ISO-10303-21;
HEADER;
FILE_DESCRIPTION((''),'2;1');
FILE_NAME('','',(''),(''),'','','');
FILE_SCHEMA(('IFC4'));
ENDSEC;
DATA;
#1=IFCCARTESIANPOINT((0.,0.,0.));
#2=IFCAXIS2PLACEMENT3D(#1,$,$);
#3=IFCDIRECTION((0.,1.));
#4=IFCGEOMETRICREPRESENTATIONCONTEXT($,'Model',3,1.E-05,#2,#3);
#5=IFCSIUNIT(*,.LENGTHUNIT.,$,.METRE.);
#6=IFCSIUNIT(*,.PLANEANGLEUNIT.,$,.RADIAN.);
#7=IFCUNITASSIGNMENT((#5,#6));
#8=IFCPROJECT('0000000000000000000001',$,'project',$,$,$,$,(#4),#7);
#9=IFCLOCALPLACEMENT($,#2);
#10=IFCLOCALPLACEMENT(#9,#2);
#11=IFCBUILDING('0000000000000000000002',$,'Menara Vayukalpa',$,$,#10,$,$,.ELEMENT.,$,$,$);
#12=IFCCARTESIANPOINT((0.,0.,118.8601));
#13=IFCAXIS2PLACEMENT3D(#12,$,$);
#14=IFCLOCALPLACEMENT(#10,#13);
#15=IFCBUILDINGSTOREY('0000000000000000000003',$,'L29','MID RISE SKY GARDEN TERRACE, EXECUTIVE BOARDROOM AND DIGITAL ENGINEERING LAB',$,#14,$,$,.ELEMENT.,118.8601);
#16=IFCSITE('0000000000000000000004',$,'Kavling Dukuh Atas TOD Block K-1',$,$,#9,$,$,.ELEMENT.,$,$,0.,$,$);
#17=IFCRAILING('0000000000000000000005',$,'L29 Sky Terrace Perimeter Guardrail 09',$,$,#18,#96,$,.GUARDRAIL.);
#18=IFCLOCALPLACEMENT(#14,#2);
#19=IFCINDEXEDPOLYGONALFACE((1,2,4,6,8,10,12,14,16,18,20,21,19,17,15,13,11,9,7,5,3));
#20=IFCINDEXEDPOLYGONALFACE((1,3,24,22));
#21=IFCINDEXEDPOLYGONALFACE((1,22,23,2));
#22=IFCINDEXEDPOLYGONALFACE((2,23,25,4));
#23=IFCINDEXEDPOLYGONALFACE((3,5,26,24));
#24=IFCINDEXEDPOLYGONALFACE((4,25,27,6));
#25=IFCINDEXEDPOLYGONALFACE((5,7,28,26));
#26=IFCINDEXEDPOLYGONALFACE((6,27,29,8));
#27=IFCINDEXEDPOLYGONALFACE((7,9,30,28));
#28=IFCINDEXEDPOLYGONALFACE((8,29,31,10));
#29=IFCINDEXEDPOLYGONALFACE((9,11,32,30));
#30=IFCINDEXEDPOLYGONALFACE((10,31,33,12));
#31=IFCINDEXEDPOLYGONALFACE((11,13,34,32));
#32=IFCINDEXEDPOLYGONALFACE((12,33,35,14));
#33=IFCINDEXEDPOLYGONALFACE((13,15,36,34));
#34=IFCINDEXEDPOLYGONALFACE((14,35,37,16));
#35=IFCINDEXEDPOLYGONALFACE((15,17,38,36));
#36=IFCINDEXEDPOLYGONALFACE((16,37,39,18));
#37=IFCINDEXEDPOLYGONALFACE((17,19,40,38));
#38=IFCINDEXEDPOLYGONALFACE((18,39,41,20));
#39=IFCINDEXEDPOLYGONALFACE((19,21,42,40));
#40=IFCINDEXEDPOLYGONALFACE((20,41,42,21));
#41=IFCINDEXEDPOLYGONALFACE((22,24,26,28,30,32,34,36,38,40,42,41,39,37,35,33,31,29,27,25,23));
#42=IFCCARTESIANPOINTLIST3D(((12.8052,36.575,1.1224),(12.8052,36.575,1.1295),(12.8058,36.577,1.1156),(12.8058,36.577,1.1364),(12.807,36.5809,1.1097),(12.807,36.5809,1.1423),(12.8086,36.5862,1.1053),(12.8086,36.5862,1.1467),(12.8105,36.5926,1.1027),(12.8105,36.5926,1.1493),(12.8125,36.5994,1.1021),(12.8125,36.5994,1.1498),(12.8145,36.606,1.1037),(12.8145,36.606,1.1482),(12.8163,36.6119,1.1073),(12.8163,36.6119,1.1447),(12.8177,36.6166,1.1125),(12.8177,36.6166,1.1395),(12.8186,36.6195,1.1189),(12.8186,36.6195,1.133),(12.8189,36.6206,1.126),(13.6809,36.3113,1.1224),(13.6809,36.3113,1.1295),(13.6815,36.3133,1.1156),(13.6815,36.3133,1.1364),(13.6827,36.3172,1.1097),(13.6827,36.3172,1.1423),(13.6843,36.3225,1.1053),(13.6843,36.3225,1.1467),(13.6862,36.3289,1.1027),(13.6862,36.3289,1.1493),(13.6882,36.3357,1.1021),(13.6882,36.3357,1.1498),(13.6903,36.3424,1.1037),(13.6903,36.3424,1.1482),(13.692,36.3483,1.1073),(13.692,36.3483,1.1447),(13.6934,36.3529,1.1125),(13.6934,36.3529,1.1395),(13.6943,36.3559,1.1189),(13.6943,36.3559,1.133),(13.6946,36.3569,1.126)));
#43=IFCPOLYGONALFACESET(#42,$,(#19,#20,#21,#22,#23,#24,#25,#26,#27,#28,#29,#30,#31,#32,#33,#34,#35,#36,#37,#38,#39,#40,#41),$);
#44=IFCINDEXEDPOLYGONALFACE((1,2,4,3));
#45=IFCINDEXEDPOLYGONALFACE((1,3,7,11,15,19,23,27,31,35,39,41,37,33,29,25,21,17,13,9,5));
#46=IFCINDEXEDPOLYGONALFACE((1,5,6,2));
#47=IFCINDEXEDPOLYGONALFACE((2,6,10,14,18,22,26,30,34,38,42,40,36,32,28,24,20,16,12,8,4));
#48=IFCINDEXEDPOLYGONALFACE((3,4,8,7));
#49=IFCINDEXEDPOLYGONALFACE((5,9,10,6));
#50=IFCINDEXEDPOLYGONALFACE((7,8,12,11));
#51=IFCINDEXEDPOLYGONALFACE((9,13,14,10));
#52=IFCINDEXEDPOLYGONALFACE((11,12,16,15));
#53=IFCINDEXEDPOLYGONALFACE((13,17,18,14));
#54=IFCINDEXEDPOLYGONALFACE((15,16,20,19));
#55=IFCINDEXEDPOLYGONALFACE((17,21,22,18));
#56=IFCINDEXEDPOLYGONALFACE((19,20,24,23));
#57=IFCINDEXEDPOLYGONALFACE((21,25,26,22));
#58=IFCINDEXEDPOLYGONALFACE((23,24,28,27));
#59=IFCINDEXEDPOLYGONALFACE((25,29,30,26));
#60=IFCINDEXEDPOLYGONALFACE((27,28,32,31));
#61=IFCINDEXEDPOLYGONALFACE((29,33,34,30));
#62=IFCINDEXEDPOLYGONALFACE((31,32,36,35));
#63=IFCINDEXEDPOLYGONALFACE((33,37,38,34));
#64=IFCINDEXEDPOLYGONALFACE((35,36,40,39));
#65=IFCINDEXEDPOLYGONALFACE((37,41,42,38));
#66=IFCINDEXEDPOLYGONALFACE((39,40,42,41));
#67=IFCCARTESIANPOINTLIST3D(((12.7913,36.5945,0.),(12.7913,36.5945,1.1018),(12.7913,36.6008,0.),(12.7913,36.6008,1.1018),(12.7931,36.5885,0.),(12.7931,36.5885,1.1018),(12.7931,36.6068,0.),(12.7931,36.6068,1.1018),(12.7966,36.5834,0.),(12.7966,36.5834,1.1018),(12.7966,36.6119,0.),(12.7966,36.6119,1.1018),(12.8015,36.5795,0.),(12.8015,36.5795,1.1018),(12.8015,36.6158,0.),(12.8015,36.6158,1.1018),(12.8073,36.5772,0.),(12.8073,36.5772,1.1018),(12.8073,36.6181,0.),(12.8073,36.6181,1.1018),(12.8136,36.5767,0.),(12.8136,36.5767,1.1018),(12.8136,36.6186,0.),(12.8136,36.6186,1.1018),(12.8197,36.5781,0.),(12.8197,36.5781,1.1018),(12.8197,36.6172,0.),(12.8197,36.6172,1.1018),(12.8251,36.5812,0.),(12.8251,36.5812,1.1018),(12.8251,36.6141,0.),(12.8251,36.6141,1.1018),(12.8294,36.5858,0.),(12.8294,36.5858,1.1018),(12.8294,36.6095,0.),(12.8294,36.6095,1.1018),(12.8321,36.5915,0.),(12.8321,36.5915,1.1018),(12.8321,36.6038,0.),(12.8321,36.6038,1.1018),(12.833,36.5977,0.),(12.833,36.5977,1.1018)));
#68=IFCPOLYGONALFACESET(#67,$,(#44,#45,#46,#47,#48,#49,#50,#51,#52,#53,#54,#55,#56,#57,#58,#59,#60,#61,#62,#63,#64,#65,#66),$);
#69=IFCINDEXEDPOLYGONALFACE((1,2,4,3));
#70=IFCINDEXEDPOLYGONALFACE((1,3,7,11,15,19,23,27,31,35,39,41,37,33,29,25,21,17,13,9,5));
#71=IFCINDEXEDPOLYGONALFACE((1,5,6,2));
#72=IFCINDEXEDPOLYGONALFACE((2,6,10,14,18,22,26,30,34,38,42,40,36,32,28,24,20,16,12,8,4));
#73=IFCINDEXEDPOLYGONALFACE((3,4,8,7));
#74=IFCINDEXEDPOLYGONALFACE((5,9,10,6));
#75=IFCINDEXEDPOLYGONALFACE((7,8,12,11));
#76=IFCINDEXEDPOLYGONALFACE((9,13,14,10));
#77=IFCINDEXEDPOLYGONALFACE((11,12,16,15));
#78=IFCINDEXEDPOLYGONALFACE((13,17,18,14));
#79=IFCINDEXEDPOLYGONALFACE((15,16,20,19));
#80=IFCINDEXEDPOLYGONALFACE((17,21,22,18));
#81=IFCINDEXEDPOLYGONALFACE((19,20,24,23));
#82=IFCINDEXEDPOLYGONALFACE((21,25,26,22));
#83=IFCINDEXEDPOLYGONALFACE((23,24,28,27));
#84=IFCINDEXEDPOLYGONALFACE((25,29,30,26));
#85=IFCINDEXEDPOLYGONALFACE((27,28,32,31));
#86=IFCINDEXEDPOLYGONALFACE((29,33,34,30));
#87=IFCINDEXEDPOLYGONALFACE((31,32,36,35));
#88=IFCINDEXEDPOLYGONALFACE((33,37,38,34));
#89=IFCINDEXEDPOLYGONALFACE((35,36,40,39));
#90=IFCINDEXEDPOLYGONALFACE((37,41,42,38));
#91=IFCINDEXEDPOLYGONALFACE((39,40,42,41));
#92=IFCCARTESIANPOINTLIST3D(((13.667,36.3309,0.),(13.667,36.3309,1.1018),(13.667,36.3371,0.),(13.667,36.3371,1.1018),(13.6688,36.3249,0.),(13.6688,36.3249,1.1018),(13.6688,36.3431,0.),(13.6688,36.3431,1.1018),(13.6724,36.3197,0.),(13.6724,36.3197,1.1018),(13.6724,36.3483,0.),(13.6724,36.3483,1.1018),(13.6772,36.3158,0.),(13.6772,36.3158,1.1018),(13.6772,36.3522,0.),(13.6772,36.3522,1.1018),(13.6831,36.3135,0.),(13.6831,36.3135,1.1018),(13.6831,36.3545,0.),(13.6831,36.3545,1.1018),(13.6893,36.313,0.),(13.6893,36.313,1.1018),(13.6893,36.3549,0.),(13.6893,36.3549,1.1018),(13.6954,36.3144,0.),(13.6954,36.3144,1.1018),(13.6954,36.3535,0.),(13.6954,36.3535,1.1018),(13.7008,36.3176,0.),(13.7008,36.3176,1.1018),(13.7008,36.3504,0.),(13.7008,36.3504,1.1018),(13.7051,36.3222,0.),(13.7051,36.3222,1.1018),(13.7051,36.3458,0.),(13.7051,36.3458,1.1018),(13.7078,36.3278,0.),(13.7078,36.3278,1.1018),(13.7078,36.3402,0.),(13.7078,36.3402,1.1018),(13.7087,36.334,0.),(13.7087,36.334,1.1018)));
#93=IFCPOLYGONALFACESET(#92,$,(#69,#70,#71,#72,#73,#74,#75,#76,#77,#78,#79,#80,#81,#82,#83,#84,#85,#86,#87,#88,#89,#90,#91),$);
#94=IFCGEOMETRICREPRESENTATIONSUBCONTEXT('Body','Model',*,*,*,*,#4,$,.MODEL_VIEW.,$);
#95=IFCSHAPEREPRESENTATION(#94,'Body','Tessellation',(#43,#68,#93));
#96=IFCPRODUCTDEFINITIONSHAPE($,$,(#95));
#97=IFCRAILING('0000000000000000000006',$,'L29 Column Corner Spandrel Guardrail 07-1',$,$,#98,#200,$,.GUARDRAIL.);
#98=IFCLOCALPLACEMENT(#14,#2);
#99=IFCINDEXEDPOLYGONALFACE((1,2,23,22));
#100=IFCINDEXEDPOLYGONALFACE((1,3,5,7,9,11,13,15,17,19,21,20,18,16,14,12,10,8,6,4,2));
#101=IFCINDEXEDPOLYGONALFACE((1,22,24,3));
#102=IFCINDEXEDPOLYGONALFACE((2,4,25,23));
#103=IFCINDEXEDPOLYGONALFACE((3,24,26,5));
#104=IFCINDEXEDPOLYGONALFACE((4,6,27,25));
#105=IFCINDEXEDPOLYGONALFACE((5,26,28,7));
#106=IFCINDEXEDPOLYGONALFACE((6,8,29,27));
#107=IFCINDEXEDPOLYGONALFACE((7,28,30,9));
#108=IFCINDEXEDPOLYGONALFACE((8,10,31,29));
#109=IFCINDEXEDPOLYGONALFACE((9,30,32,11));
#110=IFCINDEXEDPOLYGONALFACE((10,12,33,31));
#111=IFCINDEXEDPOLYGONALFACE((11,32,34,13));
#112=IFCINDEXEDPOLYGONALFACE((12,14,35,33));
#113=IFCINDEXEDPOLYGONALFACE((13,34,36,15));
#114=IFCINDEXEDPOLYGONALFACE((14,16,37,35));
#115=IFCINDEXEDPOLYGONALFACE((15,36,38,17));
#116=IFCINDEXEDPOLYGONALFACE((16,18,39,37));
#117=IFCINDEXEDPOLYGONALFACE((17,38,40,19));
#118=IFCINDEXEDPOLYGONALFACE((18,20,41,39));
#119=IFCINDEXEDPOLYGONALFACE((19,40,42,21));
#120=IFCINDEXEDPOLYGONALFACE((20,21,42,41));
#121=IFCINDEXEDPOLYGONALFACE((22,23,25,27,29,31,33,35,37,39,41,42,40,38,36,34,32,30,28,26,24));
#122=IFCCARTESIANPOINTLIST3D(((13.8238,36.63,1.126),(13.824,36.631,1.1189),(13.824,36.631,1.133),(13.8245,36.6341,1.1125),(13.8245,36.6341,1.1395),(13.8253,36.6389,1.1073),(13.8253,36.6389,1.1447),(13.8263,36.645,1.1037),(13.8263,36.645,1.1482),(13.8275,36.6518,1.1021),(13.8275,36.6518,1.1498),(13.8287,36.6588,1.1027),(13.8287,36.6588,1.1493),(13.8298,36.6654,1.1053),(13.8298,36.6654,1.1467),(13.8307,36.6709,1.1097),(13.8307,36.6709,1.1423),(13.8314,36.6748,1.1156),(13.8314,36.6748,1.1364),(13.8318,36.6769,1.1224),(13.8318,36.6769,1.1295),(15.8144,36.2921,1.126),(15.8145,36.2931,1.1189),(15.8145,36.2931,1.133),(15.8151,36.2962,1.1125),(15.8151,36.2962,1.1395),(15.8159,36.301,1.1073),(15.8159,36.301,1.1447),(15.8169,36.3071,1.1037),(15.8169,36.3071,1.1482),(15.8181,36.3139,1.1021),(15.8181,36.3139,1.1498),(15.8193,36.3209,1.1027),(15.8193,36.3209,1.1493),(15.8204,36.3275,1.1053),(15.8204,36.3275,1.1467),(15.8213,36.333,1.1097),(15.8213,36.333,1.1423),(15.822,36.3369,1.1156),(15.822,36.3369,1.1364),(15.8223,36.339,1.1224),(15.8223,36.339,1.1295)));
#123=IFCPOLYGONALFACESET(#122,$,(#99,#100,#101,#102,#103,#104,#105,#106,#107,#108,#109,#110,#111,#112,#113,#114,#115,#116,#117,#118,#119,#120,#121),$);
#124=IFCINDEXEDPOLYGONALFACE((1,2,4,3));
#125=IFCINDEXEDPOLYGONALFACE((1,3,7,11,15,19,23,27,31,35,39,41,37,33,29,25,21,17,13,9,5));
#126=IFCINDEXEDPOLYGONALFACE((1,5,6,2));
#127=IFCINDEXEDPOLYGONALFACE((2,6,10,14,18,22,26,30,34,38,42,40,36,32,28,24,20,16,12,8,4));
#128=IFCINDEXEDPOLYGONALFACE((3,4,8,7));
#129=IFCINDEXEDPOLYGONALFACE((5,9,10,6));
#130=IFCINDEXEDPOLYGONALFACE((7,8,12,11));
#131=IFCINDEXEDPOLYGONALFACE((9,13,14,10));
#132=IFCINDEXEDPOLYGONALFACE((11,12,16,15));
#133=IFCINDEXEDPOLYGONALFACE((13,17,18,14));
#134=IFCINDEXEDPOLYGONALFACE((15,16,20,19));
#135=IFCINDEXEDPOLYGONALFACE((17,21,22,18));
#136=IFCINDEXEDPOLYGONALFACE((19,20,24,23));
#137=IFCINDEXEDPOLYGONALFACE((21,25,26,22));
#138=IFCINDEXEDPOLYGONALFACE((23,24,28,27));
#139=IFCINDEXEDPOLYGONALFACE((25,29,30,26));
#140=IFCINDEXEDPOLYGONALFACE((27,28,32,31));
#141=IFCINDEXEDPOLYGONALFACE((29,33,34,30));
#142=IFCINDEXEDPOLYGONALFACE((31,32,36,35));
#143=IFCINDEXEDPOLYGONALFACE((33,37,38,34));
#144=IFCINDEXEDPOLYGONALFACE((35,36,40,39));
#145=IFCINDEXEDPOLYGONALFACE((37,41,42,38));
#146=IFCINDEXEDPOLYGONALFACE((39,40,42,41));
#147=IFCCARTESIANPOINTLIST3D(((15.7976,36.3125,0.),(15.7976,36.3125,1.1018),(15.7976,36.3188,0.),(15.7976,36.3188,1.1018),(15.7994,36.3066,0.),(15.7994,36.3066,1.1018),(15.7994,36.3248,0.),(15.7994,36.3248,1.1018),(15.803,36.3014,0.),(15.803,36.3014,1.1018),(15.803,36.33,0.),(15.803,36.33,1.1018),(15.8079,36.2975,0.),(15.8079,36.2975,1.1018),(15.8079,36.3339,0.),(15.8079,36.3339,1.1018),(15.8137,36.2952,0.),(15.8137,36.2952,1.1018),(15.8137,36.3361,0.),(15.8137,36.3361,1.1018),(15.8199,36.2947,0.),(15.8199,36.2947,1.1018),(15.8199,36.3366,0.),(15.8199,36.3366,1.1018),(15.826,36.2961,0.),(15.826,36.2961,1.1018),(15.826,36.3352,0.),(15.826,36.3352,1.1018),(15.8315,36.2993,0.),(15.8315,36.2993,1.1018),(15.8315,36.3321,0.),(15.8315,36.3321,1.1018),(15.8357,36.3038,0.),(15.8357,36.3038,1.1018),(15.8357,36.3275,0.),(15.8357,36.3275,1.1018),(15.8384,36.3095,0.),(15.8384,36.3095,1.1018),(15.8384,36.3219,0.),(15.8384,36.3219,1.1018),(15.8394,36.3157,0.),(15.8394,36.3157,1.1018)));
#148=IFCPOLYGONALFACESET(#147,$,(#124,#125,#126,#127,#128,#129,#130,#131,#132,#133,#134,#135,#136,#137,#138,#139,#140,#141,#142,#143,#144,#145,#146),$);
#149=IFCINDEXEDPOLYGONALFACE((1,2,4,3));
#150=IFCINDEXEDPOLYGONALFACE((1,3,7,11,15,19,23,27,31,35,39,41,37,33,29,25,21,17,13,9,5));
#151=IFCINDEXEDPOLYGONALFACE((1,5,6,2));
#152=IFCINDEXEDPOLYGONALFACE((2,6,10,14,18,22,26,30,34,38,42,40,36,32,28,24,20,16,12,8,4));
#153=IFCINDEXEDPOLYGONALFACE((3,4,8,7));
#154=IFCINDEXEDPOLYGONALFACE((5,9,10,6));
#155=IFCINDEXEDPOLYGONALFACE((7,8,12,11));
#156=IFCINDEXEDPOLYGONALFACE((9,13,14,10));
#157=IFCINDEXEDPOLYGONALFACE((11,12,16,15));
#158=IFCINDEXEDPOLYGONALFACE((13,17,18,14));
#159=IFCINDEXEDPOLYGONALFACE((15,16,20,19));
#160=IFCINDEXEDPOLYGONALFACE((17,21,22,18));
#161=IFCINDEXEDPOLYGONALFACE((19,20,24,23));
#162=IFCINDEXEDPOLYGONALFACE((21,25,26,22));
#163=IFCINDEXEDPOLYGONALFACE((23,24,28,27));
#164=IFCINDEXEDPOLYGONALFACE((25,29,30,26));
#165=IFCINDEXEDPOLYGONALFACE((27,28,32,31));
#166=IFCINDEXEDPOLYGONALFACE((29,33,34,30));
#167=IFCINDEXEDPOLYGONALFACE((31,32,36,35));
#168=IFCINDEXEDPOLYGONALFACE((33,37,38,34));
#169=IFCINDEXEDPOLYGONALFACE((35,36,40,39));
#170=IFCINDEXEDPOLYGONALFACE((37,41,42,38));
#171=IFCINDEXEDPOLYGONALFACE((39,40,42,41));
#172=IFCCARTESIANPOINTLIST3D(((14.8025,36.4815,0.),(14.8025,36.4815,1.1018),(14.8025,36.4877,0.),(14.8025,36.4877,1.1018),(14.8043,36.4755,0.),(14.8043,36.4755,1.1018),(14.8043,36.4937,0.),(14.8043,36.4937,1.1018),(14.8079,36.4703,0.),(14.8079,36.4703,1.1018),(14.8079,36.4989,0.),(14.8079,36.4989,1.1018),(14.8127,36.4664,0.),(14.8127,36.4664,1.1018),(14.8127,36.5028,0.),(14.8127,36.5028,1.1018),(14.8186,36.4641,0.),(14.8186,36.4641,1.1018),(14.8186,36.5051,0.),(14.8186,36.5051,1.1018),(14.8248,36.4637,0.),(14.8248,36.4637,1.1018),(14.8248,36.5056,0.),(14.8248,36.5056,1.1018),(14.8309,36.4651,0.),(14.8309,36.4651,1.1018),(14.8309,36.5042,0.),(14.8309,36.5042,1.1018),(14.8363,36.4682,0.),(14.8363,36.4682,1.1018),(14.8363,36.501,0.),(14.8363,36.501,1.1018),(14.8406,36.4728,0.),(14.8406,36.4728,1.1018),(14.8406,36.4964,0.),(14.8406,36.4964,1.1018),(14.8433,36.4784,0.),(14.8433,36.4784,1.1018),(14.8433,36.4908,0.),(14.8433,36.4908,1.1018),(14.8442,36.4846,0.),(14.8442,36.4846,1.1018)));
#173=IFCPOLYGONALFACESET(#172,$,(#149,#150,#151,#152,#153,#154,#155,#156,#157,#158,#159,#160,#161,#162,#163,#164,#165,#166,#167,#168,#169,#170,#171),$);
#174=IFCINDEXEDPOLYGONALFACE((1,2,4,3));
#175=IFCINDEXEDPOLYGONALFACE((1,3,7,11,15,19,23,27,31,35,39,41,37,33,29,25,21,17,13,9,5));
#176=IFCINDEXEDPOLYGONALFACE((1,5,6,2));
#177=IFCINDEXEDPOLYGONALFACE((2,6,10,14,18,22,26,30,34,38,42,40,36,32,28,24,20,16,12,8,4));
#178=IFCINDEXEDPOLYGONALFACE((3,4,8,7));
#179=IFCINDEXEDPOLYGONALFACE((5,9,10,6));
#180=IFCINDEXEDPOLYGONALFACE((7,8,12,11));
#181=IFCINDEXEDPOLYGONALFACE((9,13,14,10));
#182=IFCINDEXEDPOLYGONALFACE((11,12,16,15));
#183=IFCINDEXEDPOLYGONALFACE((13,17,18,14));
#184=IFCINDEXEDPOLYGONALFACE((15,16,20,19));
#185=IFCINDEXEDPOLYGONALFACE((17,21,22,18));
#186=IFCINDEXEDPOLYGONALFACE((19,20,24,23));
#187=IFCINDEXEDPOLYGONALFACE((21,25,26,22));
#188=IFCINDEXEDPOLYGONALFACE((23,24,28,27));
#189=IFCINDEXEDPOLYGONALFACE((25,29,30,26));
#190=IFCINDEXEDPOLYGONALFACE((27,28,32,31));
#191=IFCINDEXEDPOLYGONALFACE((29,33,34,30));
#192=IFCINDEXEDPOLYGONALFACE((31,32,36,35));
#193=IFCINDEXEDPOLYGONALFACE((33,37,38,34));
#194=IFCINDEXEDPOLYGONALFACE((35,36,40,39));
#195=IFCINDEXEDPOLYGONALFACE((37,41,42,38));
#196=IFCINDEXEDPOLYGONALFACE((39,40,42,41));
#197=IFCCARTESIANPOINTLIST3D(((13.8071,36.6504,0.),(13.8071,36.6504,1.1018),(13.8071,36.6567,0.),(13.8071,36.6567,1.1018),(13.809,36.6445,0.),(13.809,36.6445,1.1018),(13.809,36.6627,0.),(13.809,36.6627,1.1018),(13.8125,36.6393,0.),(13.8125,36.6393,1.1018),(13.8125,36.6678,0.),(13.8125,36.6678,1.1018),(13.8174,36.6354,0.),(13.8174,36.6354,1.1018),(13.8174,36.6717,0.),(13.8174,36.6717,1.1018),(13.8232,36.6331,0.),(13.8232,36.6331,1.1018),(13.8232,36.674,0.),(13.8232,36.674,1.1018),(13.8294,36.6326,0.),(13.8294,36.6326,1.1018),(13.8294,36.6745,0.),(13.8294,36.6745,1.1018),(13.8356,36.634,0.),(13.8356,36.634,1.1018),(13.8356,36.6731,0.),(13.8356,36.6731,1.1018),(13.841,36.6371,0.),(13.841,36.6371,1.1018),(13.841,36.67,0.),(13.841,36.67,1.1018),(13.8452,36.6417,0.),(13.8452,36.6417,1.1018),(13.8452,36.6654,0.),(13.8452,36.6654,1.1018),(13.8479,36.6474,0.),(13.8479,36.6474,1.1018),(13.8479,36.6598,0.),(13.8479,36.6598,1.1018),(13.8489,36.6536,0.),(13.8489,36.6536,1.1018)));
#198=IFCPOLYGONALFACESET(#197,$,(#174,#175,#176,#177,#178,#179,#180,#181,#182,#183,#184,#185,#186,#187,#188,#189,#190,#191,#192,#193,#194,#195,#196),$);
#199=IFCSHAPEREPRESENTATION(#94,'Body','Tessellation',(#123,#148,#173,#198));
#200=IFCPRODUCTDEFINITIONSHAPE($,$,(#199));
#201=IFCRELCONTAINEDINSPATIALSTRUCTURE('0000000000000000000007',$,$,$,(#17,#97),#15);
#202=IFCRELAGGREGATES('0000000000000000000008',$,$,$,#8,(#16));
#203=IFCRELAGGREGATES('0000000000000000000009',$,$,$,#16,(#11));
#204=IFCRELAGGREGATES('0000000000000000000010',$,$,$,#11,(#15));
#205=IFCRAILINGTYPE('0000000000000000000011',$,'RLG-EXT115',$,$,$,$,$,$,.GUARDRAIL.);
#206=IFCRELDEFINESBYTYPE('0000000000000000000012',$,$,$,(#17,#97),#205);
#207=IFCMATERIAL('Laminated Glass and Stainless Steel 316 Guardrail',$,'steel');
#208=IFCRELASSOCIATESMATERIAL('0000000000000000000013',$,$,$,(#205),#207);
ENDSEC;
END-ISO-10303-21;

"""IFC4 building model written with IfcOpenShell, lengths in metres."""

from ifc_helpers import new_model, si_unit, direction, frame, origin, origin_2d, place, context, subcontext, project, spatial, circle, extrude, material, type_object, element, save


model = new_model("IFC4")

# Units and contexts
model_context = context("Model", 3, precision=1e-05, world=origin(), true_north=direction((0.0, 1.0)))
body_context = subcontext(model_context, "Body", "Model", "MODEL_VIEW")
ifc_project = project(units=[si_unit("LENGTHUNIT", "METRE"), si_unit("PLANEANGLEUNIT", "RADIAN")], contexts=[model_context])

# Site, building, storey
site_placement = place(None, origin())
site = spatial("IfcSite", under=ifc_project, at=site_placement, Name="Kavling Dukuh Atas TOD Block K-1", CompositionType="ELEMENT", RefElevation=0.0)
building_placement = place(site_placement, origin())
building = spatial("IfcBuilding", under=site, at=building_placement, Name="Menara Vayukalpa", CompositionType="ELEMENT")
storey_placement = place(building_placement, frame((0.0, 0.0, 118.8601)))
storey = spatial("IfcBuildingStorey", under=building, at=storey_placement, Name="L29", Description="MID RISE SKY GARDEN TERRACE, EXECUTIVE BOARDROOM AND DIGITAL ENGINEERING LAB", CompositionType="ELEMENT", Elevation=118.8601)

# Railings
ifc_material_1 = material(Name="Laminated Glass and Stainless Steel 316 Guardrail", Category="steel")
railing_type = type_object("IfcRailingType", Name="RLG-EXT115", PredefinedType="GUARDRAIL", material=ifc_material_1)
railing_1_placement = place(storey_placement, frame((12.812, 36.5977, 0.0)))
element("IfcRailing", 1, at=railing_1_placement, inside=storey, type_object=railing_type, Name="L29 Sky Terrace Perimeter Guardrail 09", PredefinedType="GUARDRAIL", context=body_context, shape_type="SweptSolid", body=[
    extrude(circle(Radius=0.0239, at=origin_2d()), frame((0.0, 0.0, 1.126), z_axis=(0.957539, -0.288303, 0.0), x_axis=(0.288303, 0.957539, 0.0)), (0.0, 0.0, 1.0), 0.9146),
    extrude(circle(Radius=0.021, at=origin_2d()), origin(), (0.0, 0.0, 1.0), 1.1018),
    extrude(circle(Radius=0.021, at=origin_2d()), frame((0.8757, -0.2637, 0.0)), (0.0, 0.0, 1.0), 1.1018),
])
railing_2_placement = place(storey_placement, frame((15.8184, 36.3157, 0.0)))
element("IfcRailing", 2, at=railing_2_placement, inside=storey, type_object=railing_type, Name="L29 Column Corner Spandrel Guardrail 07-1", PredefinedType="GUARDRAIL", context=body_context, shape_type="SweptSolid", body=[
    extrude(circle(Radius=0.0239, at=origin_2d()), frame((0.0, 0.0, 1.126), z_axis=(-0.985896, 0.167359, 0.0), x_axis=(-0.167359, -0.985896, 0.0)), (0.0, 0.0, 1.0), 2.019),
    extrude(circle(Radius=0.021, at=origin_2d()), origin(), (0.0, 0.0, 1.0), 1.1018),
    extrude(circle(Radius=0.021, at=origin_2d()), frame((-0.9951, 0.1689, 0.0)), (0.0, 0.0, 1.0), 1.1018),
    extrude(circle(Radius=0.021, at=origin_2d()), frame((-1.9905, 0.3379, 0.0)), (0.0, 0.0, 1.0), 1.1018),
])

save(model, "model.ifc")
